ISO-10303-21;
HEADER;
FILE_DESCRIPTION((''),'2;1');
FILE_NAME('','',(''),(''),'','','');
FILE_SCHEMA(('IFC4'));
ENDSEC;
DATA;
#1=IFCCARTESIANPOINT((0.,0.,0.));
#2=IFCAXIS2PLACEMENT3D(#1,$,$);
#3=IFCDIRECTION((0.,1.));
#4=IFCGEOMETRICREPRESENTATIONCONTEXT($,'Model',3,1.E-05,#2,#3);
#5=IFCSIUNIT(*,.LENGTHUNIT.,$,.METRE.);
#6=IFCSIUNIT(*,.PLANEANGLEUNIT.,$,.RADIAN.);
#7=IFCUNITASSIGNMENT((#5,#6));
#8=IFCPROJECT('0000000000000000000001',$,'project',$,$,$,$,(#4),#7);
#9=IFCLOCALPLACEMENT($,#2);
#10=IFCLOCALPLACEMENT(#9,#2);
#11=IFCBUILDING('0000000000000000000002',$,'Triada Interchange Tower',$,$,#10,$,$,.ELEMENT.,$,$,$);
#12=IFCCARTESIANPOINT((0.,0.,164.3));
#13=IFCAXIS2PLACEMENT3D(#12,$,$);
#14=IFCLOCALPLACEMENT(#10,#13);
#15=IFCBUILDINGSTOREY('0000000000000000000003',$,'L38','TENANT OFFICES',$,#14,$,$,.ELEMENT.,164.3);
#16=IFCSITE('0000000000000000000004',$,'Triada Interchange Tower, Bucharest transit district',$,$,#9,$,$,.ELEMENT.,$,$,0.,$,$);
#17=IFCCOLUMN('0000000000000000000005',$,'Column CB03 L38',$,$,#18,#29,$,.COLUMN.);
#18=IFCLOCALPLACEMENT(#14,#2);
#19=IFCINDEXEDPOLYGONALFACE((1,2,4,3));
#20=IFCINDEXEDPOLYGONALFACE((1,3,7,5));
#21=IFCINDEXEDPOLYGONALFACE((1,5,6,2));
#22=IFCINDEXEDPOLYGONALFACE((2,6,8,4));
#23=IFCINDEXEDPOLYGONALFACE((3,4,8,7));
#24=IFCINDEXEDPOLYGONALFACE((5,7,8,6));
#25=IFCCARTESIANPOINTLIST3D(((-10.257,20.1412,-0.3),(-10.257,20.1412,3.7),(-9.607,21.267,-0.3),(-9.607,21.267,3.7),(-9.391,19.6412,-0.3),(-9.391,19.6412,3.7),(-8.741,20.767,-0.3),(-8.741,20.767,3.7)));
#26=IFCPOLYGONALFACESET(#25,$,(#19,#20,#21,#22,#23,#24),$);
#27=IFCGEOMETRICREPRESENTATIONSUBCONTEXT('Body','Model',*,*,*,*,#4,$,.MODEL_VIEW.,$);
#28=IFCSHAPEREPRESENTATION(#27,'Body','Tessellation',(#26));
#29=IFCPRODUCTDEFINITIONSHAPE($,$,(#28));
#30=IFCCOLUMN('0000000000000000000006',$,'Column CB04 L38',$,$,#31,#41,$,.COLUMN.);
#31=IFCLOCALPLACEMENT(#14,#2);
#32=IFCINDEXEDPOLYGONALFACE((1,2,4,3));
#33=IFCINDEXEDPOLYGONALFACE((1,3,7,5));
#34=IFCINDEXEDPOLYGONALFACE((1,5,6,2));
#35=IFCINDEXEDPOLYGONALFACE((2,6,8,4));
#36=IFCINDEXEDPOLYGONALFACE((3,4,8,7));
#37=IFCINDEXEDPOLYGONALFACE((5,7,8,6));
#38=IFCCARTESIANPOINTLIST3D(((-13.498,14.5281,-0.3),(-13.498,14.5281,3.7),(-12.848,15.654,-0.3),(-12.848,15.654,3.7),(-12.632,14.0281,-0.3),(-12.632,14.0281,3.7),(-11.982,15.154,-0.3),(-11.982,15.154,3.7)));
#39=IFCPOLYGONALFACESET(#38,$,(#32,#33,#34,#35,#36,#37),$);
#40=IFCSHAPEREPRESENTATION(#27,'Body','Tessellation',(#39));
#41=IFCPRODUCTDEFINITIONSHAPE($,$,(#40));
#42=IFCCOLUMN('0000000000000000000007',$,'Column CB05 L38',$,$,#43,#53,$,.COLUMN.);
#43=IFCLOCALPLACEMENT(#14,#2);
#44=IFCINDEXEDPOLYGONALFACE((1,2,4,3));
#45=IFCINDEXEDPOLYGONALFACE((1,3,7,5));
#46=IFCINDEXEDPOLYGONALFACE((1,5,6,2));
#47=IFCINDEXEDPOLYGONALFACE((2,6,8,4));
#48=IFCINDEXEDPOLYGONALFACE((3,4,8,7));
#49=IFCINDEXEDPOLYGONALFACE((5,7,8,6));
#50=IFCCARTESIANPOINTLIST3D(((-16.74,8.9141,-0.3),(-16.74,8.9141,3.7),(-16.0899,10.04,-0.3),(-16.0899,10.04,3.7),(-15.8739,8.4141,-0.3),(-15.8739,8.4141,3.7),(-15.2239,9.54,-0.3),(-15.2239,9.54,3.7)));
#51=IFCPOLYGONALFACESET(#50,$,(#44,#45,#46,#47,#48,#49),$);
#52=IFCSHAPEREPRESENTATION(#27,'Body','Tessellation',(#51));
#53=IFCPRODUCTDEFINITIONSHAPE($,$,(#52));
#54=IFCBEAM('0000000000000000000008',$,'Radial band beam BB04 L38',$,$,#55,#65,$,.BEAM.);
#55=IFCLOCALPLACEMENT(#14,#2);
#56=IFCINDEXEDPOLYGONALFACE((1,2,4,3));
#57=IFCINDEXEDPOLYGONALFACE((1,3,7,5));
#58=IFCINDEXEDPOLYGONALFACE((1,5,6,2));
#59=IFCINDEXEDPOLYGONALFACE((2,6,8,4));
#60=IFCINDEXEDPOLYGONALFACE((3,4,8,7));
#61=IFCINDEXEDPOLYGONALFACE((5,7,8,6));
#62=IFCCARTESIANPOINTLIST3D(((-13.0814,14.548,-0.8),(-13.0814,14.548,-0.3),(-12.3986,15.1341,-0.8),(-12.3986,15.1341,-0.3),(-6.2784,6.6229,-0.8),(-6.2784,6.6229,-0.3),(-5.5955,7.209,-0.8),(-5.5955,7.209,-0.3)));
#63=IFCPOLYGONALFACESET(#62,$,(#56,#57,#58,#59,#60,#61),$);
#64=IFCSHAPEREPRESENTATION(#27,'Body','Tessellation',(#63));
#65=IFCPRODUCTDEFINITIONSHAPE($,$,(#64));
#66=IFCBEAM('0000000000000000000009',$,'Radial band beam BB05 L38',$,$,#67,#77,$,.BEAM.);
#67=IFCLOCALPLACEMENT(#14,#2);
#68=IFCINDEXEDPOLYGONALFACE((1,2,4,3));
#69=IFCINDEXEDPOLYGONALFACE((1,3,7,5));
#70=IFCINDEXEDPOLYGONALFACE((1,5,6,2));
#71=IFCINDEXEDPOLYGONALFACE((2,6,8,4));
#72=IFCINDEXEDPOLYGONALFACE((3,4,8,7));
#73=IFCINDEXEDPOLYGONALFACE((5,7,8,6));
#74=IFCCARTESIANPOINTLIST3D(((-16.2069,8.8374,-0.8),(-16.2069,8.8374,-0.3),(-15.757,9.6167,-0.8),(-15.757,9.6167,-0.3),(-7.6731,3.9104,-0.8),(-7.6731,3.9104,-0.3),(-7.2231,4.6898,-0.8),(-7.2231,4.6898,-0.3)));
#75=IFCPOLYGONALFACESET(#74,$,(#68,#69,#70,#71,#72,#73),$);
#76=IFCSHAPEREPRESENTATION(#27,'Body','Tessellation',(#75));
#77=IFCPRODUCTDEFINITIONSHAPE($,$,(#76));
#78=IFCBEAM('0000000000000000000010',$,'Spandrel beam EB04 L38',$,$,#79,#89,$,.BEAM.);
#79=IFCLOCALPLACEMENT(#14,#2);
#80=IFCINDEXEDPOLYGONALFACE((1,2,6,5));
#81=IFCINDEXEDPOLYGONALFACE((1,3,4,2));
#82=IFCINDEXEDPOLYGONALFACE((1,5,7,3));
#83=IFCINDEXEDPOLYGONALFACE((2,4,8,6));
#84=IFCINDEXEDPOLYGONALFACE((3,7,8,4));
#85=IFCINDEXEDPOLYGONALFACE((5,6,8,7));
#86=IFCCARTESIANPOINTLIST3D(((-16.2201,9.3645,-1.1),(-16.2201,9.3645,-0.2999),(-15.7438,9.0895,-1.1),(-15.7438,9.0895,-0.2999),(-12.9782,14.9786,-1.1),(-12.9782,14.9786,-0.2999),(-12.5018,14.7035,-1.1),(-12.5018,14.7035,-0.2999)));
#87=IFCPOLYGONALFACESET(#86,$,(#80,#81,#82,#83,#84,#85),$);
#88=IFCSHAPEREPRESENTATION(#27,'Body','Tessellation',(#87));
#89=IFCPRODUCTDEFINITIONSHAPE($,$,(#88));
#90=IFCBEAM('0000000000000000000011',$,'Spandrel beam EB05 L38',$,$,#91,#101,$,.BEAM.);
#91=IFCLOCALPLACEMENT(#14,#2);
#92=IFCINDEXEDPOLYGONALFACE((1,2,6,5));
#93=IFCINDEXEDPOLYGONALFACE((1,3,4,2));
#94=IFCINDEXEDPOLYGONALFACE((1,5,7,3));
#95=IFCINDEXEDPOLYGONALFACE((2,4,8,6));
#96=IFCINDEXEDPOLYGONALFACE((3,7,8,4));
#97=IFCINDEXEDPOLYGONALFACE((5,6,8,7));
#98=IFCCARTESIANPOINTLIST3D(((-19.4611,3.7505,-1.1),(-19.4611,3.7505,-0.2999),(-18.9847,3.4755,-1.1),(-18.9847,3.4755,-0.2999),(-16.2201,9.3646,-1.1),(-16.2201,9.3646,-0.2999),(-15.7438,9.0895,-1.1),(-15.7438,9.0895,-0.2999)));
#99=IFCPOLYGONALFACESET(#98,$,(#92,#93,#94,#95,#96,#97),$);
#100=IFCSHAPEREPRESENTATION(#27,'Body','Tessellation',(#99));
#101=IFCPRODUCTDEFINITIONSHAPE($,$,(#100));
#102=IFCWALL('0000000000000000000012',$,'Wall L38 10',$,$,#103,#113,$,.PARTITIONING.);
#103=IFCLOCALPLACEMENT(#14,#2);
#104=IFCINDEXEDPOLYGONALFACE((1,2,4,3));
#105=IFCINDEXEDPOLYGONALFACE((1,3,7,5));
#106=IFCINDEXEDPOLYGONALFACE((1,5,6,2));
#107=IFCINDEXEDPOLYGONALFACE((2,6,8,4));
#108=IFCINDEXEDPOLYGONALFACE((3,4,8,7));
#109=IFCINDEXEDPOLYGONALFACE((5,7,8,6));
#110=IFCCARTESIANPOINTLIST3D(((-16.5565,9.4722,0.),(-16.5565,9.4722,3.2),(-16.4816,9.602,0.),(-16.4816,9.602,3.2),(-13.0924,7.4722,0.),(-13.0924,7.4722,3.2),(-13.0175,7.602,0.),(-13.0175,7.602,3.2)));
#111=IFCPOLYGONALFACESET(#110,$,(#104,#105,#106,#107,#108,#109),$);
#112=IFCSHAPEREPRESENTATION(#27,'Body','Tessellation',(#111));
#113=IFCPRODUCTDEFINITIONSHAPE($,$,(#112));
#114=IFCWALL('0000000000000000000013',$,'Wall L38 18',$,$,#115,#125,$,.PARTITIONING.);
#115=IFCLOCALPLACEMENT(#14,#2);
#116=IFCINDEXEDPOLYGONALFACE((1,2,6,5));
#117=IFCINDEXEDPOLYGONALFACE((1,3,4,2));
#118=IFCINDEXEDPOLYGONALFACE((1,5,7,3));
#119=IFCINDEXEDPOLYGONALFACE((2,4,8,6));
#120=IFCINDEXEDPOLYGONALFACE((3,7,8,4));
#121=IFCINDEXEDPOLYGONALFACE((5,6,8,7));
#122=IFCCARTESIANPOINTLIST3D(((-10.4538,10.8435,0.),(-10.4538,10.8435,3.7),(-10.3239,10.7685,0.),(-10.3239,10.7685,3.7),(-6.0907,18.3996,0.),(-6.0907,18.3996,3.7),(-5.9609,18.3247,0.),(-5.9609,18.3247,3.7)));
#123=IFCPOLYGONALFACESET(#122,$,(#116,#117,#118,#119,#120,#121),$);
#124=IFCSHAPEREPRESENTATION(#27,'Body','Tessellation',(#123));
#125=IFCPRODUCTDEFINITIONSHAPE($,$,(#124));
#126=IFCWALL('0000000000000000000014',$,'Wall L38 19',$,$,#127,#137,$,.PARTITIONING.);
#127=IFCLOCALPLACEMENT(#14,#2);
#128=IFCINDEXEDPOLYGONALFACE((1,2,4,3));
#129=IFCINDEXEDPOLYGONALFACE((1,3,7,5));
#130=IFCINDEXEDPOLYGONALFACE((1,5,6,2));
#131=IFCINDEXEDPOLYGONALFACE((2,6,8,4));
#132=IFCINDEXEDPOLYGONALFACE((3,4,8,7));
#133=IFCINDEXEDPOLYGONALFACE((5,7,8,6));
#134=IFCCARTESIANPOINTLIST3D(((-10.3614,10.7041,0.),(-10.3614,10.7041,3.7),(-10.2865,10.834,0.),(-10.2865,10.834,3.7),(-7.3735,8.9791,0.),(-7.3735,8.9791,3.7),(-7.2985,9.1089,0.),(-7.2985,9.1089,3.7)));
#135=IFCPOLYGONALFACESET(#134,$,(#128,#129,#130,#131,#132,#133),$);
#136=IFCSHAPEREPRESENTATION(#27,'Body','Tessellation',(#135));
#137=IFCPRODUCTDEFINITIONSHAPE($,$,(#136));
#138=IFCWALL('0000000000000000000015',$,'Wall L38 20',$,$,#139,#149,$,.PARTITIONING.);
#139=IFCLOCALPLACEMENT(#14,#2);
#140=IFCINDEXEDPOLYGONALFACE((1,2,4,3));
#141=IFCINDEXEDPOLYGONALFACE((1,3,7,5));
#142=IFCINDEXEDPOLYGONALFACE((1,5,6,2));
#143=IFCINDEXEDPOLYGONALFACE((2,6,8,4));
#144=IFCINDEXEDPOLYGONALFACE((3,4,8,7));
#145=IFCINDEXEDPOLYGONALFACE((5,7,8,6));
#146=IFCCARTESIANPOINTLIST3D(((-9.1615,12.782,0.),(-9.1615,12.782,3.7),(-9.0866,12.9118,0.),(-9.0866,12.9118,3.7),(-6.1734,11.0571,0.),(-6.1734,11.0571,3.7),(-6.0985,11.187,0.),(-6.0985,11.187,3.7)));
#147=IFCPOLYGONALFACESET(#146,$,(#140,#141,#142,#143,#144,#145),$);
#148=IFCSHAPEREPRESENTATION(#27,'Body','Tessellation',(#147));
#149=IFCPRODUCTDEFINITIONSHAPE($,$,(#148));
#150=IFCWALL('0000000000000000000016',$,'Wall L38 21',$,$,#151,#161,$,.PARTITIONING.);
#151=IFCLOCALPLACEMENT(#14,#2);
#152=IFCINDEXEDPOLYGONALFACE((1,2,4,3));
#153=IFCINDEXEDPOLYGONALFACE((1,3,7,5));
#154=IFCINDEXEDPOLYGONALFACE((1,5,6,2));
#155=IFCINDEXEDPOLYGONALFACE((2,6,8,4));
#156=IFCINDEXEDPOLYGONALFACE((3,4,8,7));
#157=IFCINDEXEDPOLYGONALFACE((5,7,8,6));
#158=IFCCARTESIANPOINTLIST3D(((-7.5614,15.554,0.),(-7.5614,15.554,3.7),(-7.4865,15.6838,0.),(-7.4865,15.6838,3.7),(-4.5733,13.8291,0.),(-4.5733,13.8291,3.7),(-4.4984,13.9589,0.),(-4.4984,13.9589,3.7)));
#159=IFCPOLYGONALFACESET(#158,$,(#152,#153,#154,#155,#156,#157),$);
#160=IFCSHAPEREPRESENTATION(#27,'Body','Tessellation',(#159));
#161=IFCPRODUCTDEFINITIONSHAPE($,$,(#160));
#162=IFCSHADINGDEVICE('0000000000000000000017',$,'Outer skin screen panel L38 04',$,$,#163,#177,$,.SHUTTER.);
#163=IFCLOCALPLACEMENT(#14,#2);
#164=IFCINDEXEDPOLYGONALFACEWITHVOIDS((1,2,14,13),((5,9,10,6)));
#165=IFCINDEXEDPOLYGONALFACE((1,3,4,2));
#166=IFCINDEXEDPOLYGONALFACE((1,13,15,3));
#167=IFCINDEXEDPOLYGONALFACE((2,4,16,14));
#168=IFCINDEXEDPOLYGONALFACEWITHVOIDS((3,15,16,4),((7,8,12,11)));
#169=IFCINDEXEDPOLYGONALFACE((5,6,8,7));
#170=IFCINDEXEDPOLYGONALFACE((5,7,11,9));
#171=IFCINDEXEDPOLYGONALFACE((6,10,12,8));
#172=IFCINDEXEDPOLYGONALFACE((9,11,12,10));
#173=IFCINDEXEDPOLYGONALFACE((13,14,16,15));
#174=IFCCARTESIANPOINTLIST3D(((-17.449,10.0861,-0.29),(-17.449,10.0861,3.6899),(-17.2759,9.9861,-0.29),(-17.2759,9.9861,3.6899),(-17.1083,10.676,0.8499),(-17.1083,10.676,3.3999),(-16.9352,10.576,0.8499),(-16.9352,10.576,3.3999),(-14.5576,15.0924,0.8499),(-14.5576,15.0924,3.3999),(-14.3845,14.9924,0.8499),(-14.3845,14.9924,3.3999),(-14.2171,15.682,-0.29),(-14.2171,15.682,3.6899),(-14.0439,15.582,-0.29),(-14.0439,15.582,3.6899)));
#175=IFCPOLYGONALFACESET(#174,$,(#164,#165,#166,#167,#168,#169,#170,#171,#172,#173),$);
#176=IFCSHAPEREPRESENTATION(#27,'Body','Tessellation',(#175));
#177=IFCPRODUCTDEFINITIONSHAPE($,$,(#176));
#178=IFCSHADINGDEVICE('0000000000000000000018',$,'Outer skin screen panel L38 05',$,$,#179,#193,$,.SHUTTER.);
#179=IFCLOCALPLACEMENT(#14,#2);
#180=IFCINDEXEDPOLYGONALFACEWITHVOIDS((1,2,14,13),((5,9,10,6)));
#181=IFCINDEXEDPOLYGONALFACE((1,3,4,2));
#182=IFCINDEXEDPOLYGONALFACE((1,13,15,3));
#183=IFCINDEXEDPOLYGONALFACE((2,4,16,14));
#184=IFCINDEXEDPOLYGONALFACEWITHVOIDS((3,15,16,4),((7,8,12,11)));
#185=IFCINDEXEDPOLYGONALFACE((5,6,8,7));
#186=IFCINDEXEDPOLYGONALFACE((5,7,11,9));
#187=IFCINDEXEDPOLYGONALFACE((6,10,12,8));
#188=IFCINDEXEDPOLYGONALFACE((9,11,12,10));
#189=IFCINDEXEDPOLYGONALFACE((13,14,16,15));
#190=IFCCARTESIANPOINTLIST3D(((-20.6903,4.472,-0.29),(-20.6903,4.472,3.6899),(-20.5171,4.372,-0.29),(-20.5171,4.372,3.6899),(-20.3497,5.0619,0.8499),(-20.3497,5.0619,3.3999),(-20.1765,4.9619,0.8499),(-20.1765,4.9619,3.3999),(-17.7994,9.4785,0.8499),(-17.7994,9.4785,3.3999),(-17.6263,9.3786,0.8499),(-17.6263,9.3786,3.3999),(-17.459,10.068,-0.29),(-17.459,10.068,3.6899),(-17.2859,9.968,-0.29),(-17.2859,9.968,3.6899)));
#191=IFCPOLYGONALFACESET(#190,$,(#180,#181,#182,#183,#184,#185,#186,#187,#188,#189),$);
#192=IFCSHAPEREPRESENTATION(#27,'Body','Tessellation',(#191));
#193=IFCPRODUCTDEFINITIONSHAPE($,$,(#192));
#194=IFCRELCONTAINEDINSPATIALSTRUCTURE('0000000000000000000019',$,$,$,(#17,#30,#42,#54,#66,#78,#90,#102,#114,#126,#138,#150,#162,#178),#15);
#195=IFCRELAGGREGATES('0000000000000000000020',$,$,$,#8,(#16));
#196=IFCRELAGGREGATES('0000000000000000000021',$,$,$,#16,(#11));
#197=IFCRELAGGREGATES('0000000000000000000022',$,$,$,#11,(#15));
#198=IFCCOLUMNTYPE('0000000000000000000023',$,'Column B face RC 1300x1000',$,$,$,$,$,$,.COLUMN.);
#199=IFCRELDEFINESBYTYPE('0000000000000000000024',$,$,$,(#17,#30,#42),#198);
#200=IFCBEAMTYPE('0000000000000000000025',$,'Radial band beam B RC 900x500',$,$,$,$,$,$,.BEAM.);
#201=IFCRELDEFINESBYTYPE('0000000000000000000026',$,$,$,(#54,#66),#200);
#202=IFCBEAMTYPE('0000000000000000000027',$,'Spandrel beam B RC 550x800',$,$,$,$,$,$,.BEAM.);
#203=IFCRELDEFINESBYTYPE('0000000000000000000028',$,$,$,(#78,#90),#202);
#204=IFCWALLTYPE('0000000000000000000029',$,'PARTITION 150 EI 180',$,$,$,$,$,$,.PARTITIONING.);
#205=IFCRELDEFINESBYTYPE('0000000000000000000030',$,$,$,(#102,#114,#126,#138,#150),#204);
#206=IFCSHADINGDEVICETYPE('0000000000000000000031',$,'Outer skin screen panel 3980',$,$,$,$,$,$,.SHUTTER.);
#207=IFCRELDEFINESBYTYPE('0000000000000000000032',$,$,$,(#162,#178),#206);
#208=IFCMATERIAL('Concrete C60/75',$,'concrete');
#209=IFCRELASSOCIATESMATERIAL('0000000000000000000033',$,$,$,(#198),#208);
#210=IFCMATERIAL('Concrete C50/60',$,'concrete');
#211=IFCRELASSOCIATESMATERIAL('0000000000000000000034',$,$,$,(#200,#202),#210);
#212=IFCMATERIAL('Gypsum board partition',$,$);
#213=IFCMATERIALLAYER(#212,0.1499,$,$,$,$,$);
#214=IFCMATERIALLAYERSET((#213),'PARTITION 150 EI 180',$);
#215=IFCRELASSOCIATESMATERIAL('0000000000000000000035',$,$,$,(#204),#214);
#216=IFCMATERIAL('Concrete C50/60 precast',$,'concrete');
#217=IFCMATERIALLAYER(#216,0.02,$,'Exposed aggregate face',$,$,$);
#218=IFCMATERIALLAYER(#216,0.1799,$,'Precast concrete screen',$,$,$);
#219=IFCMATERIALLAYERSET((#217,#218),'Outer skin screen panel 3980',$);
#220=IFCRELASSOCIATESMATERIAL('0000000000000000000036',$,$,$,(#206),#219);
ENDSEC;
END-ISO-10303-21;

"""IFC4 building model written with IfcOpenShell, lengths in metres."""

from ifc_helpers import new_model, si_unit, direction, frame, frame_2d, origin, origin_2d, place, context, subcontext, project, spatial, polyline, rectangle, outline, extrude, material, layer, layer_set, material_profile, profile_set, type_object, element, save


model = new_model("IFC4")

# Units and contexts
model_context = context("Model", 3, precision=1e-05, world=origin(), true_north=direction((0.0, 1.0)))
body_context = subcontext(model_context, "Body", "Model", "MODEL_VIEW")
ifc_project = project(units=[si_unit("LENGTHUNIT", "METRE"), si_unit("PLANEANGLEUNIT", "RADIAN")], contexts=[model_context])

# Site, building, storey
site_placement = place(None, origin())
site = spatial("IfcSite", under=ifc_project, at=site_placement, Name="Triada Interchange Tower, Bucharest transit district", CompositionType="ELEMENT", RefElevation=0.0)
building_placement = place(site_placement, origin())
building = spatial("IfcBuilding", under=site, at=building_placement, Name="Triada Interchange Tower", CompositionType="ELEMENT")
storey_placement = place(building_placement, frame((0.0, 0.0, 164.3)))
storey = spatial("IfcBuildingStorey", under=building, at=storey_placement, Name="L38", Description="TENANT OFFICES", CompositionType="ELEMENT", Elevation=164.3)

# Columns
ifc_material_1 = material(Name="Concrete C60/75", Category="concrete")
ifc_material_profile_1 = material_profile(ifc_material_1, rectangle(XDim=1.3, YDim=1.0, at=origin_2d()), Name="RC 1300x1000")
ifc_profile_set_1 = profile_set([ifc_material_profile_1], Name="Concrete C60/75")
column_type = type_object("IfcColumnType", Name="Column B face RC 1300x1000", PredefinedType="COLUMN", material=ifc_profile_set_1)
for number, where, z_axis, x_axis, name in (
    (1, (-9.499, 20.4541, -0.3), (0.0, 0.0, 1.0), (0.5, 0.866025, 0.0), "Column CB03 L38"),
    (2, (-12.74, 14.8411, -0.3), (0.0, 0.0, 1.0), (0.5, 0.866025, 0.0), "Column CB04 L38"),
    (3, (-15.9819, 9.2271, -0.3), (0.0, 0.0, 1.0), (0.5, 0.866025, 0.0), "Column CB05 L38"),
):
    element("IfcColumn", number, at=place(storey_placement, frame(where, z_axis=z_axis, x_axis=x_axis)), inside=storey, type_object=column_type, Name=name, PredefinedType="COLUMN", context=body_context, shape_type="SweptSolid", body=[
        extrude(rectangle(XDim=1.3, YDim=1.0, at=origin_2d()), origin(), (0.0, 0.0, 1.0), 4.0),
    ])

# Beams
ifc_material_2 = material(Name="Concrete C50/60", Category="concrete")
ifc_material_profile_2 = material_profile(ifc_material_2, rectangle(XDim=0.8999, YDim=0.5, at=origin_2d()), Name="RC 900x500")
ifc_profile_set_2 = profile_set([ifc_material_profile_2], Name="Concrete C50/60")
beam_type_1 = type_object("IfcBeamType", Name="Radial band beam B RC 900x500", PredefinedType="BEAM", material=ifc_profile_set_2)
beam_1_placement = place(storey_placement, frame((-12.74, 14.8411, -0.55), z_axis=(0.651348, -0.75878, 0.0), x_axis=(0.75878, 0.651348, 0.0)))
element("IfcBeam", 4, at=beam_1_placement, inside=storey, type_object=beam_type_1, Name="Radial band beam BB04 L38", PredefinedType="BEAM", context=body_context, shape_type="SweptSolid", body=[
    extrude(rectangle(XDim=0.8999, YDim=0.5, at=origin_2d()), origin(), (0.0, 0.0, 1.0), 10.4446),
])
beam_2_placement = place(storey_placement, frame((-15.9819, 9.2271, -0.55), z_axis=(0.866028, -0.499995, 0.0), x_axis=(0.499995, 0.866028, 0.0)))
element("IfcBeam", 5, at=beam_2_placement, inside=storey, type_object=beam_type_1, Name="Radial band beam BB05 L38", PredefinedType="BEAM", context=body_context, shape_type="SweptSolid", body=[
    extrude(rectangle(XDim=0.8999, YDim=0.5, at=origin_2d()), origin(), (0.0, 0.0, 1.0), 9.854),
])
ifc_material_profile_3 = material_profile(ifc_material_2, rectangle(XDim=0.55, YDim=0.8, at=origin_2d()), Name="RC 550x800")
ifc_profile_set_3 = profile_set([ifc_material_profile_3], Name="Concrete C50/60")
beam_type_2 = type_object("IfcBeamType", Name="Spandrel beam B RC 550x800", PredefinedType="BEAM", material=ifc_profile_set_3)
beam_3_placement = place(storey_placement, frame((-12.74, 14.8411, -0.7), z_axis=(-0.50008, -0.865979, 0.0), x_axis=(0.865979, -0.50008, 0.0)))
element("IfcBeam", 6, at=beam_3_placement, inside=storey, type_object=beam_type_2, Name="Spandrel beam EB04 L38", PredefinedType="BEAM", context=body_context, shape_type="SweptSolid", body=[
    extrude(rectangle(XDim=0.55, YDim=0.8, at=origin_2d()), origin(), (0.0, 0.0, 1.0), 6.4829),
])
beam_4_placement = place(storey_placement, frame((-15.9819, 9.2271, -0.7), z_axis=(-0.499967, -0.866044, 0.0), x_axis=(0.866044, -0.499967, 0.0)))
element("IfcBeam", 7, at=beam_4_placement, inside=storey, type_object=beam_type_2, Name="Spandrel beam EB05 L38", PredefinedType="BEAM", context=body_context, shape_type="SweptSolid", body=[
    extrude(rectangle(XDim=0.55, YDim=0.8, at=origin_2d()), origin(), (0.0, 0.0, 1.0), 6.4824),
])

# Walls
ifc_material_3 = material(Name="Gypsum board partition")
ifc_layer_1 = layer(ifc_material_3, 0.1499)
ifc_layer_set_1 = layer_set([ifc_layer_1], Name="PARTITION 150 EI 180")
wall_type_1 = type_object("IfcWallType", Name="PARTITION 150 EI 180", PredefinedType="PARTITIONING", material=ifc_layer_set_1)
wall_1_placement = place(storey_placement, frame((-16.519, 9.5371, 0.0), z_axis=(0.0, 0.0, 1.0), x_axis=(0.866026, -0.499999, 0.0)))
element("IfcWall", 8, at=wall_1_placement, inside=storey, type_object=wall_type_1, Name="Wall L38 10", PredefinedType="PARTITIONING", context=body_context, shape_type="SweptSolid", body=[
    extrude(rectangle(XDim=4.0, YDim=0.1499, at=frame_2d((2.0, 0.0))), origin(), (0.0, 0.0, 1.0), 3.2),
])
wall_2_placement = place(storey_placement, frame((-10.3889, 10.8059, 0.0), z_axis=(0.0, 0.0, 1.0), x_axis=(0.500042, 0.866001, 0.0)))
element("IfcWall", 9, at=wall_2_placement, inside=storey, type_object=wall_type_1, Name="Wall L38 18", PredefinedType="PARTITIONING", context=body_context, shape_type="SweptSolid", body=[
    extrude(rectangle(XDim=8.7253, YDim=0.1499, at=frame_2d((4.3628, 0.0))), origin(), (0.0, 0.0, 1.0), 3.7),
])
for number, where, z_axis, x_axis, name in (
    (10, (-10.324, 10.769, 0.0), (0.0, 0.0, 1.0), (0.866031, -0.49999, 0.0), "Wall L38 19"),
    (11, (-9.124, 12.8469, 0.0), (0.0, 0.0, 1.0), (0.866062, -0.499937, 0.0), "Wall L38 20"),
    (12, (-7.5239, 15.6189, 0.0), (0.0, 0.0, 1.0), (0.866062, -0.499937, 0.0), "Wall L38 21"),
):
    element("IfcWall", number, at=place(storey_placement, frame(where, z_axis=z_axis, x_axis=x_axis)), inside=storey, type_object=wall_type_1, Name=name, PredefinedType="PARTITIONING", context=body_context, shape_type="SweptSolid", body=[
        extrude(rectangle(XDim=3.4502, YDim=0.1499, at=frame_2d((1.7251, 0.0))), origin(), (0.0, 0.0, 1.0), 3.7),
    ])

# Shading devices
ifc_material_4 = material(Name="Concrete C50/60 precast", Category="concrete")
ifc_layer_2 = layer(ifc_material_4, 0.02, Name="Exposed aggregate face")
ifc_layer_3 = layer(ifc_material_4, 0.1799, Name="Precast concrete screen")
ifc_layer_set_2 = layer_set([ifc_layer_2, ifc_layer_3], Name="Outer skin screen panel 3980")
shading_device_type = type_object("IfcShadingDeviceType", Name="Outer skin screen panel 3980", PredefinedType="SHUTTER", material=ifc_layer_set_2)
shading_device_1_placement = place(storey_placement, frame((-14.0439, 15.582, -0.29), z_axis=(0.0, 0.0, 1.0), x_axis=(-0.500129, -0.865951, 0.0)))
element("IfcShadingDevice", 13, at=shading_device_1_placement, inside=storey, type_object=shading_device_type, Name="Outer skin screen panel L38 04", PredefinedType="SHUTTER", context=body_context, shape_type="SweptSolid", body=[
    extrude(outline(polyline([(0.0, 0.0), (6.4622, 0.0), (6.4622, 3.98), (0.0, 3.98), (0.0, 0.0)]), holes=[polyline([(0.6809, 1.1399), (0.6809, 3.6899), (5.781, 3.6899), (5.781, 1.1399), (0.6809, 1.1399)])]), frame((0.0, 0.0, 0.0), z_axis=(0.0, -1.0, 0.0), x_axis=(1.0, 0.0, 0.0)), (0.0, 0.0, 1.0), 0.2),
])
shading_device_2_placement = place(storey_placement, frame((-17.2859, 9.968, -0.29), z_axis=(0.0, 0.0, 1.0), x_axis=(-0.500044, -0.866, 0.0)))
element("IfcShadingDevice", 14, at=shading_device_2_placement, inside=storey, type_object=shading_device_type, Name="Outer skin screen panel L38 05", PredefinedType="SHUTTER", context=body_context, shape_type="SweptSolid", body=[
    extrude(outline(polyline([(0.0, 0.0), (6.4619, 0.0), (6.4619, 3.98), (0.0, 3.98), (0.0, 0.0)]), holes=[polyline([(0.6807, 1.1399), (0.6807, 3.6899), (5.7808, 3.6899), (5.7808, 1.1399), (0.6807, 1.1399)])]), frame((0.0, 0.0, 0.0), z_axis=(0.0, -1.0, 0.0), x_axis=(1.0, 0.0, 0.0)), (0.0, 0.0, 1.0), 0.2),
])

save(model, "model.ifc")
